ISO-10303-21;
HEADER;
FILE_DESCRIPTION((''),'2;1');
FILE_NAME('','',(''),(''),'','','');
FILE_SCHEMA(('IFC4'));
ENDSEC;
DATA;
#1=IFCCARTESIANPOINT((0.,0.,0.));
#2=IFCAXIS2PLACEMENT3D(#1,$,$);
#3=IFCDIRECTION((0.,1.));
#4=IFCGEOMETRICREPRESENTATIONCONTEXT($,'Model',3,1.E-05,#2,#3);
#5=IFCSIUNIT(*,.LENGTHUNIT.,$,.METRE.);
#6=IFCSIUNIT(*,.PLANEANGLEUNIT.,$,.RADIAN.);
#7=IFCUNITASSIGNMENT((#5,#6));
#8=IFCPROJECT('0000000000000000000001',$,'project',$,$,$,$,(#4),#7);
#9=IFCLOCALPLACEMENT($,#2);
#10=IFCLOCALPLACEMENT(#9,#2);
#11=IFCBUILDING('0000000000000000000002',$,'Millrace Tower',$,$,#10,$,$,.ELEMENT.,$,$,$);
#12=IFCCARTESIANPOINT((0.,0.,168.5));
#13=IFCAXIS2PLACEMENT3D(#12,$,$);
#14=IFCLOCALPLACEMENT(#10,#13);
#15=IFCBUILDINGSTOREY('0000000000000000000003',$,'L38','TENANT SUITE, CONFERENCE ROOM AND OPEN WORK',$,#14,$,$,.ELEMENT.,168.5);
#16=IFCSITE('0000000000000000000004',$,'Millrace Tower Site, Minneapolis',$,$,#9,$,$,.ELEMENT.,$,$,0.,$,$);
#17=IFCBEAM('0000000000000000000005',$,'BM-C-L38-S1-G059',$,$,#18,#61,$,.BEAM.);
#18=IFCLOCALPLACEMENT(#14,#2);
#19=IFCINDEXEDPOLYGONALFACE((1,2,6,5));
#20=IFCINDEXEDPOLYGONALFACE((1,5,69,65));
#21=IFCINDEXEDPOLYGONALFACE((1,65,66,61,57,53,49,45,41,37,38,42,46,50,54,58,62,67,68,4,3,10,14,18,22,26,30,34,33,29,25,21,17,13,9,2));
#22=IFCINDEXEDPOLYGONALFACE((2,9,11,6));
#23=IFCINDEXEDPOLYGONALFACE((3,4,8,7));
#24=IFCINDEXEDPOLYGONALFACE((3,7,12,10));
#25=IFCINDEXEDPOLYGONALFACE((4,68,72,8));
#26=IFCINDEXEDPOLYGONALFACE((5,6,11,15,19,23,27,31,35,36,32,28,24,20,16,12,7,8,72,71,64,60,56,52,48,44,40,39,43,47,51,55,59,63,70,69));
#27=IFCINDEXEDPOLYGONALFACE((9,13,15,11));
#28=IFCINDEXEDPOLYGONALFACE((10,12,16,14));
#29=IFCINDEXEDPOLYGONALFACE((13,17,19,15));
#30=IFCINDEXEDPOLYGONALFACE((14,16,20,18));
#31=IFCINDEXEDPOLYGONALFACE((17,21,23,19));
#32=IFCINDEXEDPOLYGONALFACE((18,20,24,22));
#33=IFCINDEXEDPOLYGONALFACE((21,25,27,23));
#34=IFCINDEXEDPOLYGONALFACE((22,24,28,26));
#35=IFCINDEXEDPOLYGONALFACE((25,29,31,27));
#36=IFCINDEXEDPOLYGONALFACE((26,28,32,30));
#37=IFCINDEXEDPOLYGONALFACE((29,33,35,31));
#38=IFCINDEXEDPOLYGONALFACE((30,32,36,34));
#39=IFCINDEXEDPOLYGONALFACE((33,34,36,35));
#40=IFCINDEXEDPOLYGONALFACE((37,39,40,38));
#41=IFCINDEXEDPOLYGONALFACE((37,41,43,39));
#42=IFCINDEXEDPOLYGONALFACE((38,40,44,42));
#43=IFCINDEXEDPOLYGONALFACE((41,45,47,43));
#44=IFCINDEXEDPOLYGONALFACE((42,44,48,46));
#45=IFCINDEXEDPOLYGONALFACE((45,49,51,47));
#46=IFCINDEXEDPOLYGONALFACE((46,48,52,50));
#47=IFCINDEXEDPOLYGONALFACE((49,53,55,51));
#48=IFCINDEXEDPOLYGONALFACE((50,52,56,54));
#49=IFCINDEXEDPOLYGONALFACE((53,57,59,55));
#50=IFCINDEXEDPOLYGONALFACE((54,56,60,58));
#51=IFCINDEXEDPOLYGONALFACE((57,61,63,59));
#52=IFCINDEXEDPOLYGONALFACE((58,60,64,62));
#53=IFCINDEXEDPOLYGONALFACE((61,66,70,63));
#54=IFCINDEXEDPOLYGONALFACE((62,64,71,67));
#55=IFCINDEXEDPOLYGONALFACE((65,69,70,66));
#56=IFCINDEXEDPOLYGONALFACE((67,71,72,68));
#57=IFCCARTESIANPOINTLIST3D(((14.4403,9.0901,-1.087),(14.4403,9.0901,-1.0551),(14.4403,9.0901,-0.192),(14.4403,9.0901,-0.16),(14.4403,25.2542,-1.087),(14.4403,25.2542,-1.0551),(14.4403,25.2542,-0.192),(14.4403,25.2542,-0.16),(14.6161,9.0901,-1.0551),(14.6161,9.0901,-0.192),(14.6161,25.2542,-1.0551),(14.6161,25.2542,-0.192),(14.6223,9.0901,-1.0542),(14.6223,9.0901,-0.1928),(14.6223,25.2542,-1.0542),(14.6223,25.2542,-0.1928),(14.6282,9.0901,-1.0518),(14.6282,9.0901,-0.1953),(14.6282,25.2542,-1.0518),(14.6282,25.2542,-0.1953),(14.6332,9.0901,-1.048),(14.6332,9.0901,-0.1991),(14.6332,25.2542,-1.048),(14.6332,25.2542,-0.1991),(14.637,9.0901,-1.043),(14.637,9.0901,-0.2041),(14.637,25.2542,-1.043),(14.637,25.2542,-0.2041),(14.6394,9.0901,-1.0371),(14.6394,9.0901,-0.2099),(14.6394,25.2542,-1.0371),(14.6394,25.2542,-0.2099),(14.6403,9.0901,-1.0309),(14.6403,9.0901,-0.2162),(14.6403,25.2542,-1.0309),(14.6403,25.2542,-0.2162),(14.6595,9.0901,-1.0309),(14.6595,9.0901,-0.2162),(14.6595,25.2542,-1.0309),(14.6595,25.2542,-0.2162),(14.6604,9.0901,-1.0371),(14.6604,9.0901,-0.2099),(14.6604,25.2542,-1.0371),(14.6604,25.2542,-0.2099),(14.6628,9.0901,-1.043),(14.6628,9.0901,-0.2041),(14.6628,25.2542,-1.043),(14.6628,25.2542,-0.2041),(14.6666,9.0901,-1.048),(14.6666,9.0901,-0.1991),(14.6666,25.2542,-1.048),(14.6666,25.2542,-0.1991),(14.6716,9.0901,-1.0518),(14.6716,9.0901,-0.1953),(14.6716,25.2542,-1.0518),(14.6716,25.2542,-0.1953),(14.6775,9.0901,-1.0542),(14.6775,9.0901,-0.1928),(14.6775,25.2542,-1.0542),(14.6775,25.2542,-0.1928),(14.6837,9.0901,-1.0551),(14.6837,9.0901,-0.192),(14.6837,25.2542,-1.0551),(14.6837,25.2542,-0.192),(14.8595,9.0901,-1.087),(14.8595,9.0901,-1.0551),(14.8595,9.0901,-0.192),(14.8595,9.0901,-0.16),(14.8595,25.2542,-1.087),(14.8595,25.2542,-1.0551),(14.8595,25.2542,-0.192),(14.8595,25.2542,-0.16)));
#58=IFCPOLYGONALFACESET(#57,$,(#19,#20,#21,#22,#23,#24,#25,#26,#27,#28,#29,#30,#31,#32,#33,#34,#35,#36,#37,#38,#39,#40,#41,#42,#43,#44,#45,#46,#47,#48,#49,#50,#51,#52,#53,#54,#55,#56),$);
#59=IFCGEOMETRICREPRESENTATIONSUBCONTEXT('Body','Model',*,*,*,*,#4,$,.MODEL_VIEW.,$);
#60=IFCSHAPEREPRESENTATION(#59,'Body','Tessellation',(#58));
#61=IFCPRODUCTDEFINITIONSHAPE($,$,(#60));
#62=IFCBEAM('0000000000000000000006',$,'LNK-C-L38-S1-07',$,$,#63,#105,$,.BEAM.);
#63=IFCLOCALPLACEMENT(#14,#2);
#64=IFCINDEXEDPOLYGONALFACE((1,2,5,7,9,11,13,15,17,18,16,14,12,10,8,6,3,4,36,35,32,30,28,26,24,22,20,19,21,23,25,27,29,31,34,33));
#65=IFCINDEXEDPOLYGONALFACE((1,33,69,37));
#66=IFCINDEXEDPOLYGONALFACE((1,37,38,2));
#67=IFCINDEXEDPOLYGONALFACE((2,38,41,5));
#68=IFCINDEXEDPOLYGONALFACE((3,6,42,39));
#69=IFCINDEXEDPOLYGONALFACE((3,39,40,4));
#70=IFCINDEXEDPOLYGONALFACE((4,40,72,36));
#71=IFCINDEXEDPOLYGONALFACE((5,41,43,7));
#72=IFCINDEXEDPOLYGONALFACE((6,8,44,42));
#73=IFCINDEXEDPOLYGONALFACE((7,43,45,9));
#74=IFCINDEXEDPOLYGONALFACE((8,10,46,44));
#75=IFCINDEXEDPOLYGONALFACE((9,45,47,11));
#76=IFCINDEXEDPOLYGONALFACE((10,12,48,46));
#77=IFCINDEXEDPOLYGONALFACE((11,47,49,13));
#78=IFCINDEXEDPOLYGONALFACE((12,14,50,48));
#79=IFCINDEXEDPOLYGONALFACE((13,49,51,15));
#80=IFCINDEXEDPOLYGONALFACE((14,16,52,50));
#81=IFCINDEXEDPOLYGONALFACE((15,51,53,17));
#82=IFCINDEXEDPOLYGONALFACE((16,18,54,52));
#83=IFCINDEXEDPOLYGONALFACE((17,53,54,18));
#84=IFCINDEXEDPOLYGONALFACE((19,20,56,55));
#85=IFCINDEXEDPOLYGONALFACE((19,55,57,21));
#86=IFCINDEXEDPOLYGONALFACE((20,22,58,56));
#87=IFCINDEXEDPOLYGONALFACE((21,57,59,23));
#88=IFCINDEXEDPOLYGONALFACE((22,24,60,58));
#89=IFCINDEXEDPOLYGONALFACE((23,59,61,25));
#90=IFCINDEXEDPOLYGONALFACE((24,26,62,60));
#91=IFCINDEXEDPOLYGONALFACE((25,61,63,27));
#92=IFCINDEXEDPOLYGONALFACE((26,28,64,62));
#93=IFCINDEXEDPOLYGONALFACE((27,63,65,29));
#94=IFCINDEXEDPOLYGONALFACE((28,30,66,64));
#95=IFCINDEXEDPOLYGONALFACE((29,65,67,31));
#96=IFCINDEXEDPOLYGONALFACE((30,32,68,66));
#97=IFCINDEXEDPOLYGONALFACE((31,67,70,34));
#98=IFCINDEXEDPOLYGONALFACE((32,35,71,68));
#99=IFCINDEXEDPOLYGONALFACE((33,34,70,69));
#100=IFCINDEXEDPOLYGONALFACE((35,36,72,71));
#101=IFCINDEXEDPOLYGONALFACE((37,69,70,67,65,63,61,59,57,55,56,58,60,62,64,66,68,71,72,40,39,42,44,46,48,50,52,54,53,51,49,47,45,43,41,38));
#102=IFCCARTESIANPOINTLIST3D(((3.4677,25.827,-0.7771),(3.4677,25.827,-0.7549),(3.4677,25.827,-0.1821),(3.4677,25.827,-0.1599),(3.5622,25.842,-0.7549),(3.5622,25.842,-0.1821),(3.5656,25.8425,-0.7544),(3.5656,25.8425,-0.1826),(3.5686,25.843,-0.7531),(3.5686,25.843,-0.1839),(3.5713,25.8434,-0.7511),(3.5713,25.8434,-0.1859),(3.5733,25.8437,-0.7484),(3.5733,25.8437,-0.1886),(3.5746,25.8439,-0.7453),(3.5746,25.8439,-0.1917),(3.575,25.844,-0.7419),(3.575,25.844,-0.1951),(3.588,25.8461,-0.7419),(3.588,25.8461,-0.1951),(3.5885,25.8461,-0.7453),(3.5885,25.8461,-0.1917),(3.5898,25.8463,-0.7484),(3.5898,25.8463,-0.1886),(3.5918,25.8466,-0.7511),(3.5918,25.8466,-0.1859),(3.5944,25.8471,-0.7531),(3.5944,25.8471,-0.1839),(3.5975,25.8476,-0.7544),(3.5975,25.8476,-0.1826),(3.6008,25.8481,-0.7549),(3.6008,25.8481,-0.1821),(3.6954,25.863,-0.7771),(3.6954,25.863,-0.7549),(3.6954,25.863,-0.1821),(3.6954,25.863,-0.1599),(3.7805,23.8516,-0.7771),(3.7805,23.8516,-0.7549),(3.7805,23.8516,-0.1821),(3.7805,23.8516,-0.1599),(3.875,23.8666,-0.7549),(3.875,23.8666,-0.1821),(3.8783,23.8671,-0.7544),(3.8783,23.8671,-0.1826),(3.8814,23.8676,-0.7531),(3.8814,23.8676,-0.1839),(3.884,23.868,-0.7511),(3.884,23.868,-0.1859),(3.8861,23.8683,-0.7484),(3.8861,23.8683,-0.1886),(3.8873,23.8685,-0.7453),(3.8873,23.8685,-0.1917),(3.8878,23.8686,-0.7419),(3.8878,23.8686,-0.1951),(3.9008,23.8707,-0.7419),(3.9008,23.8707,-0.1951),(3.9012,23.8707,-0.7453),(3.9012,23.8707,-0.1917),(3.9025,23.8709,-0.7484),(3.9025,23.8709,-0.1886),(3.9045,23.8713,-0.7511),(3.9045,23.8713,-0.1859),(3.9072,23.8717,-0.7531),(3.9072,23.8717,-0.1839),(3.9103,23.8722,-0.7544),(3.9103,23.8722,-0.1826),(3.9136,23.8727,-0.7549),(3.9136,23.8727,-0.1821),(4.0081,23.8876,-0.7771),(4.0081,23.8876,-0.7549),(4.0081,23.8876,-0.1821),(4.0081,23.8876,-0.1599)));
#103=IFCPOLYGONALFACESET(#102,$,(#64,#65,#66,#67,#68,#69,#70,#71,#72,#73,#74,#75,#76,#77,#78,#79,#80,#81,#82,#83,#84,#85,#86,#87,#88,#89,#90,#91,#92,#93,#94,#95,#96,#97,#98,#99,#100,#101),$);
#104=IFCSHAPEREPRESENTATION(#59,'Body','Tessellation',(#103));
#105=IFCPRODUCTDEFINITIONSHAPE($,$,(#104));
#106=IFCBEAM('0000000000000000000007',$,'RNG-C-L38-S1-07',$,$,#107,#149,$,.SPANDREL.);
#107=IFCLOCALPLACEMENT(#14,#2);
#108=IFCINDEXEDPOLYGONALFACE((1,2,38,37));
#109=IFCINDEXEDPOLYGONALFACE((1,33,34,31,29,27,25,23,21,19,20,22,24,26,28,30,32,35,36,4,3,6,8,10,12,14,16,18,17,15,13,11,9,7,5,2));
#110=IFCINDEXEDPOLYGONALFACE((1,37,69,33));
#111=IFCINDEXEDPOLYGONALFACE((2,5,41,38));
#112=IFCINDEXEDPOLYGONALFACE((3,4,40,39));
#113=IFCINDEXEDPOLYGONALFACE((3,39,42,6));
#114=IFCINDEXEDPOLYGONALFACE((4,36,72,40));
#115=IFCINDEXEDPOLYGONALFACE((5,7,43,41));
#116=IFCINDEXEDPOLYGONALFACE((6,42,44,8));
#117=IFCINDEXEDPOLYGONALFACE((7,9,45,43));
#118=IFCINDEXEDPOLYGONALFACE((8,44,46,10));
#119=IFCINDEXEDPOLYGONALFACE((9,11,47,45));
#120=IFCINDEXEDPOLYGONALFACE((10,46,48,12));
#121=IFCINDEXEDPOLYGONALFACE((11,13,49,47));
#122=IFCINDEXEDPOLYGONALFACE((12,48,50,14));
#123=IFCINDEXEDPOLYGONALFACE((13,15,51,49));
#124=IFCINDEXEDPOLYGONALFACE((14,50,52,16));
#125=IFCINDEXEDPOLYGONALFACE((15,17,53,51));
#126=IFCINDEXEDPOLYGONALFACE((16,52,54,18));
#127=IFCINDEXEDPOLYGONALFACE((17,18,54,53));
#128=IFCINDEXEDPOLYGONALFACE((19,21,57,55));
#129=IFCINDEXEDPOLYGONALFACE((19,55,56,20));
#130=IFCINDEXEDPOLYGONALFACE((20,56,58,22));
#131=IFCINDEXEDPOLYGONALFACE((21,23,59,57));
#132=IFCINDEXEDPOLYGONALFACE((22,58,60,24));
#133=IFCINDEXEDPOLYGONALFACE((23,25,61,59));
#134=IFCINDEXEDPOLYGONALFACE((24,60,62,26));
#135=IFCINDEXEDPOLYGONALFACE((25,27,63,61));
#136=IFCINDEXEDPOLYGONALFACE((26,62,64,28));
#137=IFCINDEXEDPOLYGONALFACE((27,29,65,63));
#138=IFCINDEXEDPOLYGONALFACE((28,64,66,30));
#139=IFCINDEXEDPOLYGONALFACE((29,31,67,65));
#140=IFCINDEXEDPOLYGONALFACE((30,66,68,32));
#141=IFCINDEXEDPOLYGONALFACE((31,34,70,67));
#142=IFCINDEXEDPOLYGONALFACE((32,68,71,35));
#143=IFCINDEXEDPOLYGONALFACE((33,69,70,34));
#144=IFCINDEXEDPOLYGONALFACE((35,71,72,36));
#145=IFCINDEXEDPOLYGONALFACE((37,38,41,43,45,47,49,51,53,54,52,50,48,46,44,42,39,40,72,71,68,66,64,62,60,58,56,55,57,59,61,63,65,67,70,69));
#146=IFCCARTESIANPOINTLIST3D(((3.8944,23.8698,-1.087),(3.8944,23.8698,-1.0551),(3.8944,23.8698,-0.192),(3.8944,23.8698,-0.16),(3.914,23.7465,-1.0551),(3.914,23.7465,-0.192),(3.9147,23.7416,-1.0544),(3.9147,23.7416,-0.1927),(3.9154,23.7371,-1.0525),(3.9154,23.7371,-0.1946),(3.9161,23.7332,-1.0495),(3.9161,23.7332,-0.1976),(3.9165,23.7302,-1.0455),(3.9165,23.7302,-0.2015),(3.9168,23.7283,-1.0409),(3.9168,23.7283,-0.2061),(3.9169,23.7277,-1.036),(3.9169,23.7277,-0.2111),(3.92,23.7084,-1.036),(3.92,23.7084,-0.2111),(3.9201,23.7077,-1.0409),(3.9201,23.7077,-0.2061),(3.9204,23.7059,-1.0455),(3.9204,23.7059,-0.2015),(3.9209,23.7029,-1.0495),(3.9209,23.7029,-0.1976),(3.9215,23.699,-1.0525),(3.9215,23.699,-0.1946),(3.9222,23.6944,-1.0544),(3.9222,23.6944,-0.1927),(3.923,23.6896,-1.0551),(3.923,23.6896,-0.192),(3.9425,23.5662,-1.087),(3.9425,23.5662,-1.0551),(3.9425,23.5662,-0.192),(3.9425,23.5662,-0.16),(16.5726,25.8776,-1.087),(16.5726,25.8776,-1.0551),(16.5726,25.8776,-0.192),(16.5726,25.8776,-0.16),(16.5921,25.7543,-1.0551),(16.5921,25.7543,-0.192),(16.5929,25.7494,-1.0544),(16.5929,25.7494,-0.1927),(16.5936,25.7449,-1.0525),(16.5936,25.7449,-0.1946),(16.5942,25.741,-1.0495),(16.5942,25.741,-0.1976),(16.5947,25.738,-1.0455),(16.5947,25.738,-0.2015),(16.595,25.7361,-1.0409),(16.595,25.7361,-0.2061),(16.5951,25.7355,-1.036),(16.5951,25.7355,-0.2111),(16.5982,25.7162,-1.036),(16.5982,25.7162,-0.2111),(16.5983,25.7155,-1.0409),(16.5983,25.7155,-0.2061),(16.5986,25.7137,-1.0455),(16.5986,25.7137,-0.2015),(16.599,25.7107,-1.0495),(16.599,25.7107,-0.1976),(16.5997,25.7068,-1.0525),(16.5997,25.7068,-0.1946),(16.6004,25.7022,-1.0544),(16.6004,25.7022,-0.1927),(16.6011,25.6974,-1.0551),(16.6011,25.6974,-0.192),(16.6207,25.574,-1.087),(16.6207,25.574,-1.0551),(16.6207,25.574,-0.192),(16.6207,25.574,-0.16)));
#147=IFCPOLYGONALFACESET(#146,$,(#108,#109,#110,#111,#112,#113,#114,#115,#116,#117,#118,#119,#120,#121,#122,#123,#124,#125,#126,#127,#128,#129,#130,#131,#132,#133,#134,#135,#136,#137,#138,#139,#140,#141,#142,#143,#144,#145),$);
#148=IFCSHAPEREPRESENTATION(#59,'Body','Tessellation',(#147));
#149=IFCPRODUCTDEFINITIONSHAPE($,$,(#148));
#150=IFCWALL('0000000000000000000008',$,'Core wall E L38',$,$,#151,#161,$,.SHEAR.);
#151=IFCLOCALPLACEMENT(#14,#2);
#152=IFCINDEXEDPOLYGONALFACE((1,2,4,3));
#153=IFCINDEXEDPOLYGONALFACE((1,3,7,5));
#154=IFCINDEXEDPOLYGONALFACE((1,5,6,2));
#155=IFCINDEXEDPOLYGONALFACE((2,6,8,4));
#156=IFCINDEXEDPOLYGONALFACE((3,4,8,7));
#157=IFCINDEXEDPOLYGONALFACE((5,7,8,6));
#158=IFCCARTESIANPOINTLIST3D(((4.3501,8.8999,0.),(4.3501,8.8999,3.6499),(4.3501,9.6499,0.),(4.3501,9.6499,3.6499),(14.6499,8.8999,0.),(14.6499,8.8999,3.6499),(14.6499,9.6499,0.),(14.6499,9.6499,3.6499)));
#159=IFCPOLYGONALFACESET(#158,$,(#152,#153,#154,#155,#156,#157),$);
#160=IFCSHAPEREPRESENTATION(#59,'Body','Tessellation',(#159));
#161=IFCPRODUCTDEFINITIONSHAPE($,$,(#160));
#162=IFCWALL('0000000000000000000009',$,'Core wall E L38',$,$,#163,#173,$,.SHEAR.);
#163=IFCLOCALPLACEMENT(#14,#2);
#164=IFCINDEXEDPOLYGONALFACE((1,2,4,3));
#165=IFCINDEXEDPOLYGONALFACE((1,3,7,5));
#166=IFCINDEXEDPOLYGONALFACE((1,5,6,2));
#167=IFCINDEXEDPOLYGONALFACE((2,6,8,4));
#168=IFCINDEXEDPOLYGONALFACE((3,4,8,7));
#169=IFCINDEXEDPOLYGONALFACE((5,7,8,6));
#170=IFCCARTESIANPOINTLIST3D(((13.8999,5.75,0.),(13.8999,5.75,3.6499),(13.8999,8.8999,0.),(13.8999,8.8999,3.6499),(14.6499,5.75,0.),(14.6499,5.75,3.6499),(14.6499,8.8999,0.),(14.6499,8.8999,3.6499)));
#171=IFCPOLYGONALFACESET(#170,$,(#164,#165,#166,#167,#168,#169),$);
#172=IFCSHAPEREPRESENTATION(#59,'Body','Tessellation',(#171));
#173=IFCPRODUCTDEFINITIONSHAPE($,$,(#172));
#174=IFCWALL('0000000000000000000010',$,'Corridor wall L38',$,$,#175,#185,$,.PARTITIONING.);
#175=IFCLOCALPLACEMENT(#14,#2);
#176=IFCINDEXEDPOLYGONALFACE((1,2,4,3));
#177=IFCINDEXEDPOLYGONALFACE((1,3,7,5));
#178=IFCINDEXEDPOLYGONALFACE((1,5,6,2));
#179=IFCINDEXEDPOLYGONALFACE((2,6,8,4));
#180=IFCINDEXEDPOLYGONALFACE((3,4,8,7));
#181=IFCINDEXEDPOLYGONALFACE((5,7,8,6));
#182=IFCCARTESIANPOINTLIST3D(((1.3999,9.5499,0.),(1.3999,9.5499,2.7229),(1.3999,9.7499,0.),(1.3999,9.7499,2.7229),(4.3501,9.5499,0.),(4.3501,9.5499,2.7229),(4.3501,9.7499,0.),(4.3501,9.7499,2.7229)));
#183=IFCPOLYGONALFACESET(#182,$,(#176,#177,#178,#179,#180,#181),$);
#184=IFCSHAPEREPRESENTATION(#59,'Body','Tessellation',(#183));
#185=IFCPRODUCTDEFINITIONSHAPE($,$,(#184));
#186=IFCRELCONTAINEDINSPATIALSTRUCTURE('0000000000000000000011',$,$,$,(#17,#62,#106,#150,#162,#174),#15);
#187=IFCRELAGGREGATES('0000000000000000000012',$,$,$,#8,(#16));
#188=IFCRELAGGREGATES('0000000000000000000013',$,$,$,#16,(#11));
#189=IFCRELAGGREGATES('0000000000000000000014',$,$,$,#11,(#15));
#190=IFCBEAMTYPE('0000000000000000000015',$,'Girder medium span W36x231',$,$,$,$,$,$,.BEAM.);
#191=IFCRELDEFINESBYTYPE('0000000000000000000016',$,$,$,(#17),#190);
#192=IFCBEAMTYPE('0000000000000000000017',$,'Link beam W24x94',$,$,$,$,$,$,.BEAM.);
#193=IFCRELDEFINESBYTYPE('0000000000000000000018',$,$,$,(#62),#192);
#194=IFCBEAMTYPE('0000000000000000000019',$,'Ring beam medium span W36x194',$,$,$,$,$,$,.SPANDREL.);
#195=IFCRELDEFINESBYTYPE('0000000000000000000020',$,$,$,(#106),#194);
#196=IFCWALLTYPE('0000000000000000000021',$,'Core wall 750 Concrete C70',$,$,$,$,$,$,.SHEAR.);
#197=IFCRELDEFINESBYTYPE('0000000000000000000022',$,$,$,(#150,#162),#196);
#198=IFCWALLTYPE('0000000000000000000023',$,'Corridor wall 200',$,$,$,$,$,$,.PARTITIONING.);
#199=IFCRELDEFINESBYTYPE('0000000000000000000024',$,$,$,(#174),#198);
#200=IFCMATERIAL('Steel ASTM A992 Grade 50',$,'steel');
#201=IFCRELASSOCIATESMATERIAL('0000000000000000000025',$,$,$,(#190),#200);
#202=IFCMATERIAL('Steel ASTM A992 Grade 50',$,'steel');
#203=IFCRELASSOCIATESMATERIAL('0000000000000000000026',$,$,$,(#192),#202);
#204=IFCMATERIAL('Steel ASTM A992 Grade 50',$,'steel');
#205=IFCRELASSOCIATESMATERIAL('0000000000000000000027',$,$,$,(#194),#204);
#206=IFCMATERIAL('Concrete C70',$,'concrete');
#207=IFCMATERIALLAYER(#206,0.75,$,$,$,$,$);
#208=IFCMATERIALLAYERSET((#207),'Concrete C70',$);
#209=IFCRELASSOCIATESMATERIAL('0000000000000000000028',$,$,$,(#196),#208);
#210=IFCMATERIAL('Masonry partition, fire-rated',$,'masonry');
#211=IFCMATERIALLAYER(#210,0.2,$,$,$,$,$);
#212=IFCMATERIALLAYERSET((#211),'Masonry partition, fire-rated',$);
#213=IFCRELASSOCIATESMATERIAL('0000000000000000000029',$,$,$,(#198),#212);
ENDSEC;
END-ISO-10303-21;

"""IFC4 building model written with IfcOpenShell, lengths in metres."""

from ifc_helpers import new_model, si_unit, direction, frame, frame_2d, origin, origin_2d, place, context, subcontext, project, spatial, rectangle, i_section, extrude, material, layer, layer_set, material_profile, profile_set, type_object, element, save


model = new_model("IFC4")

# Units and contexts
model_context = context("Model", 3, precision=1e-05, world=origin(), true_north=direction((0.0, 1.0)))
body_context = subcontext(model_context, "Body", "Model", "MODEL_VIEW")
ifc_project = project(units=[si_unit("LENGTHUNIT", "METRE"), si_unit("PLANEANGLEUNIT", "RADIAN")], contexts=[model_context])

# Site, building, storey
site_placement = place(None, origin())
site = spatial("IfcSite", under=ifc_project, at=site_placement, Name="Millrace Tower Site, Minneapolis", CompositionType="ELEMENT", RefElevation=0.0)
building_placement = place(site_placement, origin())
building = spatial("IfcBuilding", under=site, at=building_placement, Name="Millrace Tower", CompositionType="ELEMENT")
storey_placement = place(building_placement, frame((0.0, 0.0, 168.5)))
storey = spatial("IfcBuildingStorey", under=building, at=storey_placement, Name="L38", Description="TENANT SUITE, CONFERENCE ROOM AND OPEN WORK", CompositionType="ELEMENT", Elevation=168.5)

# Beams
ifc_material_1 = material(Name="Steel ASTM A992 Grade 50", Category="steel")
ifc_material_profile_1 = material_profile(ifc_material_1, i_section(OverallWidth=0.4192, OverallDepth=0.927, WebThickness=0.0193, FlangeThickness=0.032, FilletRadius=0.0242, at=origin_2d()))
ifc_profile_set_1 = profile_set([ifc_material_profile_1], Name="Steel ASTM A992 Grade 50")
beam_type_1 = type_object("IfcBeamType", Name="Girder medium span W36x231", PredefinedType="BEAM", material=ifc_profile_set_1)
beam_1_placement = place(storey_placement, frame((14.6499, 9.0901, -0.6235), z_axis=(0.0, 1.0, 0.0), x_axis=(-1.0, 0.0, 0.0)))
element("IfcBeam", 1, at=beam_1_placement, inside=storey, type_object=beam_type_1, Name="BM-C-L38-S1-G059", PredefinedType="BEAM", context=body_context, shape_type="SweptSolid", body=[
    extrude(i_section(OverallWidth=0.4192, OverallDepth=0.927, WebThickness=0.0193, FlangeThickness=0.032, FilletRadius=0.0242, at=origin_2d()), origin(), (0.0, 0.0, 1.0), 16.1641),
])
ifc_material_2 = material(Name="Steel ASTM A992 Grade 50", Category="steel")
ifc_material_profile_2 = material_profile(ifc_material_2, i_section(OverallWidth=0.2305, OverallDepth=0.6172, WebThickness=0.0132, FlangeThickness=0.0222, FilletRadius=0.0129, at=origin_2d()))
ifc_profile_set_2 = profile_set([ifc_material_profile_2], Name="Steel ASTM A992 Grade 50")
beam_type_2 = type_object("IfcBeamType", Name="Link beam W24x94", PredefinedType="BEAM", material=ifc_profile_set_2)
beam_2_placement = place(storey_placement, frame((3.8943, 23.8696, -0.4685), z_axis=(-0.156376, 0.987698, 0.0), x_axis=(-0.987698, -0.156376, 0.0)))
element("IfcBeam", 2, at=beam_2_placement, inside=storey, type_object=beam_type_2, Name="LNK-C-L38-S1-07", PredefinedType="BEAM", context=body_context, shape_type="SweptSolid", body=[
    extrude(i_section(OverallWidth=0.2305, OverallDepth=0.6172, WebThickness=0.0132, FlangeThickness=0.0222, FilletRadius=0.0129, at=origin_2d()), origin(), (0.0, 0.0, 1.0), 2.0),
])
ifc_material_3 = material(Name="Steel ASTM A992 Grade 50", Category="steel")
ifc_material_profile_3 = material_profile(ifc_material_3, i_section(OverallWidth=0.3074, OverallDepth=0.927, WebThickness=0.0195, FlangeThickness=0.032, FilletRadius=0.019, at=origin_2d()))
ifc_profile_set_3 = profile_set([ifc_material_profile_3], Name="Steel ASTM A992 Grade 50")
beam_type_3 = type_object("IfcBeamType", Name="Ring beam medium span W36x194", PredefinedType="SPANDREL", material=ifc_profile_set_3)
beam_3_placement = place(storey_placement, frame((3.9185, 23.718, -0.6235), z_axis=(0.987691, 0.156418, 0.0), x_axis=(-0.156418, 0.987691, 0.0)))
element("IfcBeam", 3, at=beam_3_placement, inside=storey, type_object=beam_type_3, Name="RNG-C-L38-S1-07", PredefinedType="SPANDREL", context=body_context, shape_type="SweptSolid", body=[
    extrude(i_section(OverallWidth=0.3074, OverallDepth=0.927, WebThickness=0.0195, FlangeThickness=0.032, FilletRadius=0.019, at=origin_2d()), origin(), (0.0, 0.0, 1.0), 12.8362),
])

# Walls
ifc_material_4 = material(Name="Concrete C70", Category="concrete")
ifc_layer_1 = layer(ifc_material_4, 0.75)
ifc_layer_set_1 = layer_set([ifc_layer_1], Name="Concrete C70")
wall_type_1 = type_object("IfcWallType", Name="Core wall 750 Concrete C70", PredefinedType="SHEAR", material=ifc_layer_set_1)
wall_1_placement = place(storey_placement, frame((14.6499, 9.2749, 0.0), z_axis=(0.0, 0.0, 1.0), x_axis=(-1.0, 0.0, 0.0)))
element("IfcWall", 4, at=wall_1_placement, inside=storey, type_object=wall_type_1, Name="Core wall E L38", PredefinedType="SHEAR", context=body_context, shape_type="SweptSolid", body=[
    extrude(rectangle(XDim=10.2998, YDim=0.75, at=frame_2d((5.1499, 0.0))), origin(), (0.0, 0.0, 1.0), 3.6499),
])
wall_2_placement = place(storey_placement, frame((14.2749, 8.8999, 0.0), z_axis=(0.0, 0.0, 1.0), x_axis=(0.0, -1.0, 0.0)))
element("IfcWall", 5, at=wall_2_placement, inside=storey, type_object=wall_type_1, Name="Core wall E L38", PredefinedType="SHEAR", context=body_context, shape_type="SweptSolid", body=[
    extrude(rectangle(XDim=3.1499, YDim=0.75, at=frame_2d((1.575, 0.0))), origin(), (0.0, 0.0, 1.0), 3.6499),
])
ifc_material_5 = material(Name="Masonry partition, fire-rated", Category="masonry")
ifc_layer_2 = layer(ifc_material_5, 0.2)
ifc_layer_set_2 = layer_set([ifc_layer_2], Name="Masonry partition, fire-rated")
wall_type_2 = type_object("IfcWallType", Name="Corridor wall 200", PredefinedType="PARTITIONING", material=ifc_layer_set_2)
wall_3_placement = place(storey_placement, frame((1.3999, 9.6499, 0.0), z_axis=(0.0, 0.0, 1.0), x_axis=(1.0, 0.0, 0.0)))
element("IfcWall", 6, at=wall_3_placement, inside=storey, type_object=wall_type_2, Name="Corridor wall L38", PredefinedType="PARTITIONING", context=body_context, shape_type="SweptSolid", body=[
    extrude(rectangle(XDim=2.9502, YDim=0.2, at=frame_2d((1.4751, 0.0))), origin(), (0.0, 0.0, 1.0), 2.7229),
])

save(model, "model.ifc")
